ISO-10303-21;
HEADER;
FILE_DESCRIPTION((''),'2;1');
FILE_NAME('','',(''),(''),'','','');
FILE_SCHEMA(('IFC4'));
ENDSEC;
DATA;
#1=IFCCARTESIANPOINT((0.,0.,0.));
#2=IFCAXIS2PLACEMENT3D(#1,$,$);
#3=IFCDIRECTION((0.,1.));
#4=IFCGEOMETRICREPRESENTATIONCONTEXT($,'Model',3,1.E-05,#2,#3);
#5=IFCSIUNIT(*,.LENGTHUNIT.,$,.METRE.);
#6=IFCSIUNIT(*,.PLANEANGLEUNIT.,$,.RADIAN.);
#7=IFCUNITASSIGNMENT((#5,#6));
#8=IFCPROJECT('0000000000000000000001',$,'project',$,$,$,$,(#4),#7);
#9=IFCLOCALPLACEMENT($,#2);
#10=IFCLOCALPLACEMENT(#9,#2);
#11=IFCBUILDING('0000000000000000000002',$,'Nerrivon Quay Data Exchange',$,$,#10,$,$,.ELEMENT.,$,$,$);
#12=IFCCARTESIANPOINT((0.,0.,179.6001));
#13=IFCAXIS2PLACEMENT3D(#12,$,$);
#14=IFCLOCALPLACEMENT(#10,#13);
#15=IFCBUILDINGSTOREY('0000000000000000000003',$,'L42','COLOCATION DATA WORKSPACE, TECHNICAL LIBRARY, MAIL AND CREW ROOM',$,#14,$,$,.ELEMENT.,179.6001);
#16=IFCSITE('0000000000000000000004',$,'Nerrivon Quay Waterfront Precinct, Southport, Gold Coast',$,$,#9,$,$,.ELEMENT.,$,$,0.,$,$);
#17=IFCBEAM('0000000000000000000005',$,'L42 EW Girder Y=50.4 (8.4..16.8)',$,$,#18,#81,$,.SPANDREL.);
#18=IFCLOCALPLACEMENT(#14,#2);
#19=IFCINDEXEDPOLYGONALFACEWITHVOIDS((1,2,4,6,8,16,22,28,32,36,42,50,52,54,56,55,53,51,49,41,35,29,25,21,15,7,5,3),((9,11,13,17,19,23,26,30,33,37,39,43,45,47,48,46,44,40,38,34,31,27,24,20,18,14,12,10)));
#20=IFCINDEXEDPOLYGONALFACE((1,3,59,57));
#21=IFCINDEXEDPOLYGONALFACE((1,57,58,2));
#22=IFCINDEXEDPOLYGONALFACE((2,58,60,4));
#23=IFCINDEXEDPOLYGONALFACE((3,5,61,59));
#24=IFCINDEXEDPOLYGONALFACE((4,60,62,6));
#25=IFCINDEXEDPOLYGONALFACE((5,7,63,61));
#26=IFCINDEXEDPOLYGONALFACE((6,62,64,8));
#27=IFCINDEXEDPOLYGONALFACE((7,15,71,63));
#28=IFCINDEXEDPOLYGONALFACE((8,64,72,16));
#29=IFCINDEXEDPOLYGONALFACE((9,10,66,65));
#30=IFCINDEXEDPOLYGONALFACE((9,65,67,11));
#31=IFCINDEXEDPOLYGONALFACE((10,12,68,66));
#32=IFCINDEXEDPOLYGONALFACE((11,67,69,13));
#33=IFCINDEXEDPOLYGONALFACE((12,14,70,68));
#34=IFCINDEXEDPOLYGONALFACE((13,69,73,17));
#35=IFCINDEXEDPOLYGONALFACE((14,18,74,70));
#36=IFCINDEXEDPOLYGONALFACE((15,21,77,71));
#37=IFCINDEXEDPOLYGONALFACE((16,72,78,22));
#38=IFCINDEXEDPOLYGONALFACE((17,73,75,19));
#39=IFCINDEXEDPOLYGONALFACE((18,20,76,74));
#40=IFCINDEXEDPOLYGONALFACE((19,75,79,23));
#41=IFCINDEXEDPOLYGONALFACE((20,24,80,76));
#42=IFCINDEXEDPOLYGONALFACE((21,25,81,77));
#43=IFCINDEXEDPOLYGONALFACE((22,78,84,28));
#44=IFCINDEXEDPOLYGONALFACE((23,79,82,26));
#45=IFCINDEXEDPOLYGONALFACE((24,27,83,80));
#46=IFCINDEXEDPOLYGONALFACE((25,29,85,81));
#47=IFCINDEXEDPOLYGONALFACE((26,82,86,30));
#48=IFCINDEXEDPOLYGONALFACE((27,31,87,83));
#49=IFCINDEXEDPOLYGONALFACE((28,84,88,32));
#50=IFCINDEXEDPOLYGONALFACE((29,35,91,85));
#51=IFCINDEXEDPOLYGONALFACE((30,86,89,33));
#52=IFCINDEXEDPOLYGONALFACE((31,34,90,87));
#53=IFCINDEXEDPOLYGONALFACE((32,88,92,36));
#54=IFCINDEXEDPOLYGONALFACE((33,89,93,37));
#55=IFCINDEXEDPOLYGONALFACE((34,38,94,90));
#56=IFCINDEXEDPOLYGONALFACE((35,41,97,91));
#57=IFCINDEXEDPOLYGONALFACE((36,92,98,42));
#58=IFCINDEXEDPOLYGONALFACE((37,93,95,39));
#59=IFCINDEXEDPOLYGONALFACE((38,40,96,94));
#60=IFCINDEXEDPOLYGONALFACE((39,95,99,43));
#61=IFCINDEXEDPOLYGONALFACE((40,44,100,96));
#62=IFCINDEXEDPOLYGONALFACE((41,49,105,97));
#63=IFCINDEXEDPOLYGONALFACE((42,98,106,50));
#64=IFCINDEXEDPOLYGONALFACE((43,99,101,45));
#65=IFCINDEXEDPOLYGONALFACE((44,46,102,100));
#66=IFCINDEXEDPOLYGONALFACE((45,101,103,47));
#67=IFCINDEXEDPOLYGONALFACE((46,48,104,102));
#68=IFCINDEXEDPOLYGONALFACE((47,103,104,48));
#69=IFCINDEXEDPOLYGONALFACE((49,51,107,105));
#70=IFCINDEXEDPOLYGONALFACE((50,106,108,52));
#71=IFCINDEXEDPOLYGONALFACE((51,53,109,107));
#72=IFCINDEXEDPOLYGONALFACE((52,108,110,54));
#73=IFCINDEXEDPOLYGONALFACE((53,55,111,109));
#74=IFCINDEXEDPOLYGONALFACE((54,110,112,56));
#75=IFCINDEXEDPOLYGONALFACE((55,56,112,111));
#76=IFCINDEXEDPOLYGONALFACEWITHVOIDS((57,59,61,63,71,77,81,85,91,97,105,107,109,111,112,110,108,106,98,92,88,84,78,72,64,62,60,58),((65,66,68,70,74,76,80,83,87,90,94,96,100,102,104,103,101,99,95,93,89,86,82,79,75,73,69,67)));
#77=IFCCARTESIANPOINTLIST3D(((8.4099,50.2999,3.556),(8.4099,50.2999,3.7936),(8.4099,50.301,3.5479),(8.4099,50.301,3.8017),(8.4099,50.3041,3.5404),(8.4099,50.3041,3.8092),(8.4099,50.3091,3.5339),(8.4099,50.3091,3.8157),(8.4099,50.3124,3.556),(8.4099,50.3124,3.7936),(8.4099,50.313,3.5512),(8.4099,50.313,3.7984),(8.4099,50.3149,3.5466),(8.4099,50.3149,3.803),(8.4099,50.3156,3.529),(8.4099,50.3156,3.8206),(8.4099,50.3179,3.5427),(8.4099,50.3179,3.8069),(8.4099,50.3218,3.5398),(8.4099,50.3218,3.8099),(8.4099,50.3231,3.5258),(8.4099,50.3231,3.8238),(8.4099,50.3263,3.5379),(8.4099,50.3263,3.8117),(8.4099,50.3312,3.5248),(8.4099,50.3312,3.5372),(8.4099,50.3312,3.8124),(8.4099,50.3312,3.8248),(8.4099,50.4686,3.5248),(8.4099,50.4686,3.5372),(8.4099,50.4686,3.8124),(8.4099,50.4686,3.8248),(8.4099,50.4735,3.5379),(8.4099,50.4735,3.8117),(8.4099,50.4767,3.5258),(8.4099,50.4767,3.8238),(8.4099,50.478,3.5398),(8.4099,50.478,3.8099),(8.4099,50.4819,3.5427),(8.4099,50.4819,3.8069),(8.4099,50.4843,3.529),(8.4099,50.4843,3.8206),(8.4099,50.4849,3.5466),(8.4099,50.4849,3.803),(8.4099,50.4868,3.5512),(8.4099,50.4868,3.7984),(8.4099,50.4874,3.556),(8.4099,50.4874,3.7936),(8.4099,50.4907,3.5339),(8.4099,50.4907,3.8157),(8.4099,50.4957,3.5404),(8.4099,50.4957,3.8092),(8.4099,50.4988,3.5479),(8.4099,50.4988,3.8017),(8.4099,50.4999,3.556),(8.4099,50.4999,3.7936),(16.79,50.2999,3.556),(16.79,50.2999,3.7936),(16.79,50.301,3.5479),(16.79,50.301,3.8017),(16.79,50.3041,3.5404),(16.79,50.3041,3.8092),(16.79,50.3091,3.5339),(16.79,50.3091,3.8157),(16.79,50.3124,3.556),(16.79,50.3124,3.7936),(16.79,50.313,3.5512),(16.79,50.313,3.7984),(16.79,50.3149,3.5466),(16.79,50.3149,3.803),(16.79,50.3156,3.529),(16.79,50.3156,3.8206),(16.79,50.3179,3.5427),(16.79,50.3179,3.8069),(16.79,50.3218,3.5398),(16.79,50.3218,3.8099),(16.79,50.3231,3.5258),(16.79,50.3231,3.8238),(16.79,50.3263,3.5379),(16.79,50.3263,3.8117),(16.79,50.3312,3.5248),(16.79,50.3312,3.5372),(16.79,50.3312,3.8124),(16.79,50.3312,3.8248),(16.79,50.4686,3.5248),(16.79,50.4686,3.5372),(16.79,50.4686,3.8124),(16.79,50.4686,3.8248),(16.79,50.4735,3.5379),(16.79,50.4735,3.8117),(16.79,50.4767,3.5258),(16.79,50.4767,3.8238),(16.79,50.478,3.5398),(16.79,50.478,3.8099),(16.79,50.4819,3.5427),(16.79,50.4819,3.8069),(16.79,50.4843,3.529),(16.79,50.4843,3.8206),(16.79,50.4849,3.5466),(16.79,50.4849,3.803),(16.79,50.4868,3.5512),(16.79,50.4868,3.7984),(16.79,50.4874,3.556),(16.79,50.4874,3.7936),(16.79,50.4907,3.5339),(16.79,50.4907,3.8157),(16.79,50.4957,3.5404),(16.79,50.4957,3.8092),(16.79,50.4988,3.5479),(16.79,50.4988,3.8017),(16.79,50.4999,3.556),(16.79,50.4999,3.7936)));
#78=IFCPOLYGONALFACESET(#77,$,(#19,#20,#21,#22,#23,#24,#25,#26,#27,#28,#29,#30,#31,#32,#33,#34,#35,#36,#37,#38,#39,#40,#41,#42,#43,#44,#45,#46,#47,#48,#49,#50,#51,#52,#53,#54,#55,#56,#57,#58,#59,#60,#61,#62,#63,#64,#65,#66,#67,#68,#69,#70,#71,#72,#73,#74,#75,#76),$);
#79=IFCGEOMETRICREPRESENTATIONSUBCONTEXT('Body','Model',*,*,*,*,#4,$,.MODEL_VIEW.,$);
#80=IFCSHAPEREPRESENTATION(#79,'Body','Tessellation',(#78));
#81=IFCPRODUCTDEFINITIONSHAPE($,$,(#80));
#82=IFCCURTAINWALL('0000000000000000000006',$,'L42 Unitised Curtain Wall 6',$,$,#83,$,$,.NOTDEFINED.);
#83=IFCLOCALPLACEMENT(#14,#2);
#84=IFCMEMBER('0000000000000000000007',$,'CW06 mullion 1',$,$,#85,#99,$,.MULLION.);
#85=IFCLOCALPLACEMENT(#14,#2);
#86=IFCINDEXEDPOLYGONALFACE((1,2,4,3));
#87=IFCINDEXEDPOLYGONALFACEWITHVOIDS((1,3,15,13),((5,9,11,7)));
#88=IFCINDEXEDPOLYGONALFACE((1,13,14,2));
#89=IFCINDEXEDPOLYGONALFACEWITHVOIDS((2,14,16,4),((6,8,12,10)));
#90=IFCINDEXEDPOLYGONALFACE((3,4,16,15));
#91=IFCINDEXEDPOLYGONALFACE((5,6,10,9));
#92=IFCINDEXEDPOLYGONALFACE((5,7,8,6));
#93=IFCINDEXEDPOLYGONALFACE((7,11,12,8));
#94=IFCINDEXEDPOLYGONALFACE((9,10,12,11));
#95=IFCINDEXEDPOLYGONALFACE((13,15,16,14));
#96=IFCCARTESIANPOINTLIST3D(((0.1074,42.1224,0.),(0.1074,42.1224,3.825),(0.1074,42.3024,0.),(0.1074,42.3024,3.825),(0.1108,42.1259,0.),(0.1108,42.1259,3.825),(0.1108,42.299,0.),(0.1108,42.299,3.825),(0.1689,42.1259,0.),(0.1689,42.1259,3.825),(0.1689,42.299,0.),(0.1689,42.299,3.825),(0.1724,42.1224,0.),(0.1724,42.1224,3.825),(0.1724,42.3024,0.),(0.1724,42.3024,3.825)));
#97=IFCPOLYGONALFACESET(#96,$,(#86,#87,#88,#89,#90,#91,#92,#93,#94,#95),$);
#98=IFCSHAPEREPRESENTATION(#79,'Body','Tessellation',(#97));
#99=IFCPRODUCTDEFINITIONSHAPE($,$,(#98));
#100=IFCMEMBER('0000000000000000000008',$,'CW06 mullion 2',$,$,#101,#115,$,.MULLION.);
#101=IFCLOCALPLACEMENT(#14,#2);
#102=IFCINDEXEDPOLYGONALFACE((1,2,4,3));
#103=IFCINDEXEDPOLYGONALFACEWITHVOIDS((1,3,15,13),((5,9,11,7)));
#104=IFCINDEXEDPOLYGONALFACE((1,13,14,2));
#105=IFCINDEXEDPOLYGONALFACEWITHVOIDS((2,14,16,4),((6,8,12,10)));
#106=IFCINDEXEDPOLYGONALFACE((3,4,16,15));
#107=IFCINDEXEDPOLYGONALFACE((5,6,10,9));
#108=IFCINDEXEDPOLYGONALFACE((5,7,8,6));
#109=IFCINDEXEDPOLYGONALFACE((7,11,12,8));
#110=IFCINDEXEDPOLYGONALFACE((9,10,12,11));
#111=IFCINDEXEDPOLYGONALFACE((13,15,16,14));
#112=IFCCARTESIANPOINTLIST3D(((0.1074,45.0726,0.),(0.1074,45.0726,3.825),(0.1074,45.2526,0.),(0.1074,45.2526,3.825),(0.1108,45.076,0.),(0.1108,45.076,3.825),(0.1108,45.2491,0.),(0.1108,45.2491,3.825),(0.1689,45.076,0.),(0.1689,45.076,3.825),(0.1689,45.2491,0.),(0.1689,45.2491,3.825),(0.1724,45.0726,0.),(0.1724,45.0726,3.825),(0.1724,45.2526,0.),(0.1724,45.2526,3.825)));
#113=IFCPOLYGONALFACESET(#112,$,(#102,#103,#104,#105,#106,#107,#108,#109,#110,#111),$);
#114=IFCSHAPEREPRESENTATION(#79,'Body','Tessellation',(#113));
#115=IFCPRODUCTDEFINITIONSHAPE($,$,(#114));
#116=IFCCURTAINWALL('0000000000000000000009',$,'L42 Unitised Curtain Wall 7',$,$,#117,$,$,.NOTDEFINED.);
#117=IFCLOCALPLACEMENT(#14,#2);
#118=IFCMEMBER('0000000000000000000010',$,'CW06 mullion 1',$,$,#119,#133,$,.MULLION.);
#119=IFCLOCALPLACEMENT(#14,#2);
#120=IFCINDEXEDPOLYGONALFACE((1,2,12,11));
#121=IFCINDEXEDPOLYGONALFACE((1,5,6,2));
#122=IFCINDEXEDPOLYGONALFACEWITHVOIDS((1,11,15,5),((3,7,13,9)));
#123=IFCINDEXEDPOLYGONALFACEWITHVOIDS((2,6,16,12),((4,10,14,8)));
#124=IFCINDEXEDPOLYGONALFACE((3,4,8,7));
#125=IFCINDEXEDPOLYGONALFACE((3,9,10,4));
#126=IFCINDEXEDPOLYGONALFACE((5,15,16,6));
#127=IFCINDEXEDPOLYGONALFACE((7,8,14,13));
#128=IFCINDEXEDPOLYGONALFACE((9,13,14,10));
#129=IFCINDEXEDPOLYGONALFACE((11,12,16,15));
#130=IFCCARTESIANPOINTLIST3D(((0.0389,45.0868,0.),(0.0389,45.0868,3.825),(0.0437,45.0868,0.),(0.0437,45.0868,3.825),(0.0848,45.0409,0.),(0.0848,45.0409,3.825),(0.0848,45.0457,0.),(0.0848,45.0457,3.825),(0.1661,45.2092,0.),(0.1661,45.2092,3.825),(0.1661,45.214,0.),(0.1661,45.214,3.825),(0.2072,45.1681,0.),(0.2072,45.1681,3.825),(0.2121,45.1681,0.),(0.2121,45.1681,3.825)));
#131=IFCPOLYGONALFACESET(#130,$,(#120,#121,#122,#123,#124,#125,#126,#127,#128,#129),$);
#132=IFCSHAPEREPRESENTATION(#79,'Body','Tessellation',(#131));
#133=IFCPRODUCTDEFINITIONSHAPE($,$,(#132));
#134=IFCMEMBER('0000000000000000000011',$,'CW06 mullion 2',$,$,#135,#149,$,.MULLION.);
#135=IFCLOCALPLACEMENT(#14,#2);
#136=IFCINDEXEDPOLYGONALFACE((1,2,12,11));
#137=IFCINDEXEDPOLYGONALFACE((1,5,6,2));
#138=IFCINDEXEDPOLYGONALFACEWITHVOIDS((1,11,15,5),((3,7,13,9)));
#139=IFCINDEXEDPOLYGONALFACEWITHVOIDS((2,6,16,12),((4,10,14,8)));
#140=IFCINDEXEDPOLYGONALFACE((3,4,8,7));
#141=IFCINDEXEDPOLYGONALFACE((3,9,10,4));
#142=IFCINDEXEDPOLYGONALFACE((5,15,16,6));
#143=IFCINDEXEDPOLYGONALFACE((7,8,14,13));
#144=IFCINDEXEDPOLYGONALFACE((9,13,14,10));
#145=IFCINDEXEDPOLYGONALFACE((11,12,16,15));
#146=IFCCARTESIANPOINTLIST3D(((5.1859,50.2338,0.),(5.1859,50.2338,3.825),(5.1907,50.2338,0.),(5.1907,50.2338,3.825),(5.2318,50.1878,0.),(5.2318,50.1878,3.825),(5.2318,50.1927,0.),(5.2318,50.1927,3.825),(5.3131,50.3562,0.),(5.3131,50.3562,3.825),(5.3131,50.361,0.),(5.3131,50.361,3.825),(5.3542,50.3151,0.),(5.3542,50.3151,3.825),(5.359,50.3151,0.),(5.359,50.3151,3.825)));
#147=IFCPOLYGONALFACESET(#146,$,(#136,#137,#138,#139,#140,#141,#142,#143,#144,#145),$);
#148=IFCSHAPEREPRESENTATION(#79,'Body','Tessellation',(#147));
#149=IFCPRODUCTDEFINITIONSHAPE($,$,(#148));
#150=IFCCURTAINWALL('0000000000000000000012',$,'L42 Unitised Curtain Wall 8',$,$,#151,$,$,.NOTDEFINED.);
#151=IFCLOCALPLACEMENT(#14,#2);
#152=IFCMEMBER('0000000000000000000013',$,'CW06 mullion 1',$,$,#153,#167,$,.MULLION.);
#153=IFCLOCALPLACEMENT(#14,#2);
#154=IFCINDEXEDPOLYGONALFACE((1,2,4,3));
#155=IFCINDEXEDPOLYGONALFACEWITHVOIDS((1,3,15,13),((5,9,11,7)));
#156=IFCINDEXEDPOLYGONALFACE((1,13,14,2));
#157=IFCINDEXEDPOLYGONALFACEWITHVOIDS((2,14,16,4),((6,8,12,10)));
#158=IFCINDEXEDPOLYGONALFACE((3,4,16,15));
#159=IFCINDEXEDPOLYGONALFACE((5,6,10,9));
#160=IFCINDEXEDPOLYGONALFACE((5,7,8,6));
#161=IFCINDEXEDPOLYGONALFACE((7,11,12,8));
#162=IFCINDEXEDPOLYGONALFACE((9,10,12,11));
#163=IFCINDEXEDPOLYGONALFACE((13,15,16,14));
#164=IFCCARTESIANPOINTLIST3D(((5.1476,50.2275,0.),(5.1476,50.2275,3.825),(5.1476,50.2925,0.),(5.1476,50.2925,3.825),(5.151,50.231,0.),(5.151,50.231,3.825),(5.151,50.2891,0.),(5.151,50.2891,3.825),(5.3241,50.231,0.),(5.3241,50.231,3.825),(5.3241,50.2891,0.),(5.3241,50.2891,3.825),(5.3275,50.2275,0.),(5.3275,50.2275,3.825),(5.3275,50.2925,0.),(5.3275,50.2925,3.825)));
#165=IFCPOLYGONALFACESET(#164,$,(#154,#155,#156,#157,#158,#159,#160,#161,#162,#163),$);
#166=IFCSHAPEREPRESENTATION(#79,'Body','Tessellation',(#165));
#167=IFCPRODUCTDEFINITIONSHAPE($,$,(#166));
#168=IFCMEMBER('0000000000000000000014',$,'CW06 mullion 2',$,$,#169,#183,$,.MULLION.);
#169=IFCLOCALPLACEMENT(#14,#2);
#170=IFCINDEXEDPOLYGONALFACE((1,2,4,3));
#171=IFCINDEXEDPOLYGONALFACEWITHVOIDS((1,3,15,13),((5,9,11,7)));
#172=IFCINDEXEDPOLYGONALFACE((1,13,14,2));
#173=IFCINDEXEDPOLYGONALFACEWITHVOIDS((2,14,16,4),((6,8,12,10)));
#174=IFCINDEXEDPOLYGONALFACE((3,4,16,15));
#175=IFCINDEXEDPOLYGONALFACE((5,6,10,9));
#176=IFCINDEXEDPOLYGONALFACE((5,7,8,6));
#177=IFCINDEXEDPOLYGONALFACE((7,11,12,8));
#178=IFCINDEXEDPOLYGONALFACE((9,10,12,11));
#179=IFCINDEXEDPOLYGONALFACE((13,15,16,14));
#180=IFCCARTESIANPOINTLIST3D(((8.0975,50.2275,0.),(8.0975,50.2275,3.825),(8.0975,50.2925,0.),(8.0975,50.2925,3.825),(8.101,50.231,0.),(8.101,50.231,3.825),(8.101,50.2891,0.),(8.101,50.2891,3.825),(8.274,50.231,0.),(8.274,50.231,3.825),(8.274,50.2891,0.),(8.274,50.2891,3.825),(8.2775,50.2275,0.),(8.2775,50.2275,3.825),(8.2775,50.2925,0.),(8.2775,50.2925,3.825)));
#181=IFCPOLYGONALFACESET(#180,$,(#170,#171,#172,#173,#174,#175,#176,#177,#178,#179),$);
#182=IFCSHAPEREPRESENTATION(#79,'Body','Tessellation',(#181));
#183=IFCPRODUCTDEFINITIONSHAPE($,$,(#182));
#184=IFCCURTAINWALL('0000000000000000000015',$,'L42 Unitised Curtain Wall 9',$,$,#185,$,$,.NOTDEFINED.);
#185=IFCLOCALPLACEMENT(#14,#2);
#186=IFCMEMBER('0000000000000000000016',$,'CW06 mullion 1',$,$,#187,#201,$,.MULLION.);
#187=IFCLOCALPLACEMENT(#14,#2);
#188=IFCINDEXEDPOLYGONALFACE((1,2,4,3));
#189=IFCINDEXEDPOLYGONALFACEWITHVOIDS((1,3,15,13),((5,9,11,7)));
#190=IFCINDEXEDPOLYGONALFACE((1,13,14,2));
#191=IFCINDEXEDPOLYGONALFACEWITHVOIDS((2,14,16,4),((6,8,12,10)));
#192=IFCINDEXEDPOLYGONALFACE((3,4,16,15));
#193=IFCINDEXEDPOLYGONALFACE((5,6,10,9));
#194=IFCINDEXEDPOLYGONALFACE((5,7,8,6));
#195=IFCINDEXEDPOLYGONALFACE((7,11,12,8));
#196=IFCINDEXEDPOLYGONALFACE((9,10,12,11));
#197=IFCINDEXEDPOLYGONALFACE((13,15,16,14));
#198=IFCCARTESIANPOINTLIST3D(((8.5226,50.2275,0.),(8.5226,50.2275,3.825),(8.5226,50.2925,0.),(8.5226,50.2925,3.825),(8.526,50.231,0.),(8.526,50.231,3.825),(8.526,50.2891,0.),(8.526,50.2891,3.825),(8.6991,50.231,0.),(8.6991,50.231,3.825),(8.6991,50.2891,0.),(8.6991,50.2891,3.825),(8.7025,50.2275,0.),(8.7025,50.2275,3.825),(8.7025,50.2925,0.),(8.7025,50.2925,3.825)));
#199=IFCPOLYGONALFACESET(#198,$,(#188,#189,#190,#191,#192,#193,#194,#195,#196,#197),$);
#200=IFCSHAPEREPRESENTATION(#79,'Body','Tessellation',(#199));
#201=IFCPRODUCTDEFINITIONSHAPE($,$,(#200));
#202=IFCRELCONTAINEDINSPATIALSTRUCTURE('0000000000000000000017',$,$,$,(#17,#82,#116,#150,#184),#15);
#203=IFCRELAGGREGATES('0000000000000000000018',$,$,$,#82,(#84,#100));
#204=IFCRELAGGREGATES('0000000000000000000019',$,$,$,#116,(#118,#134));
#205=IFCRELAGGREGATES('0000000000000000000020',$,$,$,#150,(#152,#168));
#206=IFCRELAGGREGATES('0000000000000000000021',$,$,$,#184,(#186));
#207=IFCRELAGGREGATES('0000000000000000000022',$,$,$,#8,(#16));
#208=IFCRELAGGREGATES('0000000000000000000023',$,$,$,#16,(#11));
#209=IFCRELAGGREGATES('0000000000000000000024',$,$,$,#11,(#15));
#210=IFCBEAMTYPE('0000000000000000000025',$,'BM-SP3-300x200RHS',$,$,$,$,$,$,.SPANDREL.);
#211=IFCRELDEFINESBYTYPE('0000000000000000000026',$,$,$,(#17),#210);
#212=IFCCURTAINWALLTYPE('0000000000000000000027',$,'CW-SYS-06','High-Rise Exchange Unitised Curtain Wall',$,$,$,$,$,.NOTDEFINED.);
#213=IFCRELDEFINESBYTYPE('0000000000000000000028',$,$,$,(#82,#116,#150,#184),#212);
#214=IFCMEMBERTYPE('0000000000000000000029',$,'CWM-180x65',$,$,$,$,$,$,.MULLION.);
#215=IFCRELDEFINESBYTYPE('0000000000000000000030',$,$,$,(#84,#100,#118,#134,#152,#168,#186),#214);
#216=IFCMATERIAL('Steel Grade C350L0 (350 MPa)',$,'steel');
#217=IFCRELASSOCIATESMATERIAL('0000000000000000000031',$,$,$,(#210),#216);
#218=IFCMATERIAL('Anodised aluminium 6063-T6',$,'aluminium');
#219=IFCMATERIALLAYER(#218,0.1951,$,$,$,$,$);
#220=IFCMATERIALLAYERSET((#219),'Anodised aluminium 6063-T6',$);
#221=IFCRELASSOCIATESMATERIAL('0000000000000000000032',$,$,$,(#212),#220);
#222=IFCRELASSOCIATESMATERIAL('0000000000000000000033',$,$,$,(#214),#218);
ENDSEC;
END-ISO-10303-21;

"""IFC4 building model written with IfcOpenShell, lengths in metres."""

from ifc_helpers import new_model, si_unit, direction, frame, origin, origin_2d, place, context, subcontext, project, spatial, hollow_rectangle, extrude, material, layer, layer_set, material_profile, profile_set, type_object, element, aggregate, save


model = new_model("IFC4")

# Units and contexts
model_context = context("Model", 3, precision=1e-05, world=origin(), true_north=direction((0.0, 1.0)))
body_context = subcontext(model_context, "Body", "Model", "MODEL_VIEW")
ifc_project = project(units=[si_unit("LENGTHUNIT", "METRE"), si_unit("PLANEANGLEUNIT", "RADIAN")], contexts=[model_context])

# Site, building, storey
site_placement = place(None, origin())
site = spatial("IfcSite", under=ifc_project, at=site_placement, Name="Nerrivon Quay Waterfront Precinct, Southport, Gold Coast", CompositionType="ELEMENT", RefElevation=0.0)
building_placement = place(site_placement, origin())
building = spatial("IfcBuilding", under=site, at=building_placement, Name="Nerrivon Quay Data Exchange", CompositionType="ELEMENT")
storey_placement = place(building_placement, frame((0.0, 0.0, 179.6001)))
storey = spatial("IfcBuildingStorey", under=building, at=storey_placement, Name="L42", Description="COLOCATION DATA WORKSPACE, TECHNICAL LIBRARY, MAIL AND CREW ROOM", CompositionType="ELEMENT", Elevation=179.6001)

# Beam
ifc_material_1 = material(Name="Steel Grade C350L0 (350 MPa)", Category="steel")
ifc_material_profile_1 = material_profile(ifc_material_1, hollow_rectangle(XDim=0.2, YDim=0.3, WallThickness=0.0125, InnerFilletRadius=0.0188, OuterFilletRadius=0.0312, at=origin_2d()), Name="300x200x12.5RHS")
ifc_profile_set_1 = profile_set([ifc_material_profile_1], Name="Steel Grade C350L0 (350 MPa)")
beam_type_1 = type_object("IfcBeamType", Name="BM-SP3-300x200RHS", PredefinedType="SPANDREL", material=ifc_profile_set_1)
beam_1_placement = place(storey_placement, frame((8.4099, 50.3999, 3.6748), z_axis=(1.0, 0.0, 0.0), x_axis=(0.0, 1.0, 0.0)))
element("IfcBeam", 1, at=beam_1_placement, inside=storey, type_object=beam_type_1, Name="L42 EW Girder Y=50.4 (8.4..16.8)", PredefinedType="SPANDREL", context=body_context, shape_type="SweptSolid", body=[
    extrude(hollow_rectangle(XDim=0.2, YDim=0.3, WallThickness=0.0125, InnerFilletRadius=0.0188, OuterFilletRadius=0.0312, at=origin_2d()), origin(), (0.0, 0.0, 1.0), 8.3801),
])

# Curtain walls, members
ifc_material_2 = material(Name="Anodised aluminium 6063-T6", Category="aluminium")
ifc_layer_1 = layer(ifc_material_2, 0.1951)
ifc_layer_set_1 = layer_set([ifc_layer_1], Name="Anodised aluminium 6063-T6")
curtain_wall_type = type_object("IfcCurtainWallType", Name="CW-SYS-06", Description="High-Rise Exchange Unitised Curtain Wall", PredefinedType="NOTDEFINED", material=ifc_layer_set_1)
curtain_wall_1_placement = place(storey_placement, origin())
curtain_wall_1 = element("IfcCurtainWall", 2, at=curtain_wall_1_placement, inside=storey, type_object=curtain_wall_type, Name="L42 Unitised Curtain Wall 6", PredefinedType="NOTDEFINED")
ifc_material_profile_2 = material_profile(ifc_material_2, hollow_rectangle(XDim=0.0649, YDim=0.1799, WallThickness=0.0034, at=origin_2d()), Name="ALU-MULL-180x65")
ifc_profile_set_2 = profile_set([ifc_material_profile_2], Name="Anodised aluminium 6063-T6")
member_type_1 = type_object("IfcMemberType", Name="CWM-180x65", PredefinedType="MULLION", material=ifc_profile_set_2)
member_1_placement = place(storey_placement, frame((0.1399, 42.2124, 0.0), z_axis=(0.0, 0.0, 1.0), x_axis=(-1.0, 0.0, 0.0)))
member_1 = element("IfcMember", 3, at=member_1_placement, type_object=member_type_1, Name="CW06 mullion 1", PredefinedType="MULLION", context=body_context, shape_type="SweptSolid", body=[
    extrude(hollow_rectangle(XDim=0.0649, YDim=0.1799, WallThickness=0.0034, at=origin_2d()), origin(), (0.0, 0.0, 1.0), 3.825),
])
member_2_placement = place(storey_placement, frame((0.1399, 45.1626, 0.0), z_axis=(0.0, 0.0, 1.0), x_axis=(-1.0, 0.0, 0.0)))
member_2 = element("IfcMember", 4, at=member_2_placement, type_object=member_type_1, Name="CW06 mullion 2", PredefinedType="MULLION", context=body_context, shape_type="SweptSolid", body=[
    extrude(hollow_rectangle(XDim=0.0649, YDim=0.1799, WallThickness=0.0034, at=origin_2d()), origin(), (0.0, 0.0, 1.0), 3.825),
])
curtain_wall_2_placement = place(storey_placement, origin())
curtain_wall_2 = element("IfcCurtainWall", 5, at=curtain_wall_2_placement, inside=storey, type_object=curtain_wall_type, Name="L42 Unitised Curtain Wall 7", PredefinedType="NOTDEFINED")
member_3_placement = place(storey_placement, frame((0.1255, 45.1274, 0.0), z_axis=(0.0, 0.0, 1.0), x_axis=(-0.707107, 0.707107, 0.0)))
member_3 = element("IfcMember", 6, at=member_3_placement, type_object=member_type_1, Name="CW06 mullion 1", PredefinedType="MULLION", context=body_context, shape_type="SweptSolid", body=[
    extrude(hollow_rectangle(XDim=0.0649, YDim=0.1799, WallThickness=0.0034, at=origin_2d()), origin(), (0.0, 0.0, 1.0), 3.825),
])
member_4_placement = place(storey_placement, frame((5.2725, 50.2744, 0.0), z_axis=(0.0, 0.0, 1.0), x_axis=(-0.707107, 0.707107, 0.0)))
member_4 = element("IfcMember", 7, at=member_4_placement, type_object=member_type_1, Name="CW06 mullion 2", PredefinedType="MULLION", context=body_context, shape_type="SweptSolid", body=[
    extrude(hollow_rectangle(XDim=0.0649, YDim=0.1799, WallThickness=0.0034, at=origin_2d()), origin(), (0.0, 0.0, 1.0), 3.825),
])
curtain_wall_3_placement = place(storey_placement, origin())
curtain_wall_3 = element("IfcCurtainWall", 8, at=curtain_wall_3_placement, inside=storey, type_object=curtain_wall_type, Name="L42 Unitised Curtain Wall 8", PredefinedType="NOTDEFINED")
member_5_placement = place(storey_placement, frame((5.2375, 50.26, 0.0), z_axis=(0.0, 0.0, 1.0), x_axis=(0.0, 1.0, 0.0)))
member_5 = element("IfcMember", 9, at=member_5_placement, type_object=member_type_1, Name="CW06 mullion 1", PredefinedType="MULLION", context=body_context, shape_type="SweptSolid", body=[
    extrude(hollow_rectangle(XDim=0.0649, YDim=0.1799, WallThickness=0.0034, at=origin_2d()), origin(), (0.0, 0.0, 1.0), 3.825),
])
member_6_placement = place(storey_placement, frame((8.1875, 50.26, 0.0), z_axis=(0.0, 0.0, 1.0), x_axis=(0.0, 1.0, 0.0)))
member_6 = element("IfcMember", 10, at=member_6_placement, type_object=member_type_1, Name="CW06 mullion 2", PredefinedType="MULLION", context=body_context, shape_type="SweptSolid", body=[
    extrude(hollow_rectangle(XDim=0.0649, YDim=0.1799, WallThickness=0.0034, at=origin_2d()), origin(), (0.0, 0.0, 1.0), 3.825),
])

# Curtain wall, member
curtain_wall_4_placement = place(storey_placement, origin())
curtain_wall_4 = element("IfcCurtainWall", 11, at=curtain_wall_4_placement, inside=storey, type_object=curtain_wall_type, Name="L42 Unitised Curtain Wall 9", PredefinedType="NOTDEFINED")
member_7_placement = place(storey_placement, frame((8.6125, 50.26, 0.0), z_axis=(0.0, 0.0, 1.0), x_axis=(0.0, 1.0, 0.0)))
member_7 = element("IfcMember", 12, at=member_7_placement, type_object=member_type_1, Name="CW06 mullion 1", PredefinedType="MULLION", context=body_context, shape_type="SweptSolid", body=[
    extrude(hollow_rectangle(XDim=0.0649, YDim=0.1799, WallThickness=0.0034, at=origin_2d()), origin(), (0.0, 0.0, 1.0), 3.825),
])

aggregate(curtain_wall_1, [member_1, member_2])
aggregate(curtain_wall_2, [member_3, member_4])
aggregate(curtain_wall_3, [member_5, member_6])
aggregate(curtain_wall_4, [member_7])

save(model, "model.ifc")
